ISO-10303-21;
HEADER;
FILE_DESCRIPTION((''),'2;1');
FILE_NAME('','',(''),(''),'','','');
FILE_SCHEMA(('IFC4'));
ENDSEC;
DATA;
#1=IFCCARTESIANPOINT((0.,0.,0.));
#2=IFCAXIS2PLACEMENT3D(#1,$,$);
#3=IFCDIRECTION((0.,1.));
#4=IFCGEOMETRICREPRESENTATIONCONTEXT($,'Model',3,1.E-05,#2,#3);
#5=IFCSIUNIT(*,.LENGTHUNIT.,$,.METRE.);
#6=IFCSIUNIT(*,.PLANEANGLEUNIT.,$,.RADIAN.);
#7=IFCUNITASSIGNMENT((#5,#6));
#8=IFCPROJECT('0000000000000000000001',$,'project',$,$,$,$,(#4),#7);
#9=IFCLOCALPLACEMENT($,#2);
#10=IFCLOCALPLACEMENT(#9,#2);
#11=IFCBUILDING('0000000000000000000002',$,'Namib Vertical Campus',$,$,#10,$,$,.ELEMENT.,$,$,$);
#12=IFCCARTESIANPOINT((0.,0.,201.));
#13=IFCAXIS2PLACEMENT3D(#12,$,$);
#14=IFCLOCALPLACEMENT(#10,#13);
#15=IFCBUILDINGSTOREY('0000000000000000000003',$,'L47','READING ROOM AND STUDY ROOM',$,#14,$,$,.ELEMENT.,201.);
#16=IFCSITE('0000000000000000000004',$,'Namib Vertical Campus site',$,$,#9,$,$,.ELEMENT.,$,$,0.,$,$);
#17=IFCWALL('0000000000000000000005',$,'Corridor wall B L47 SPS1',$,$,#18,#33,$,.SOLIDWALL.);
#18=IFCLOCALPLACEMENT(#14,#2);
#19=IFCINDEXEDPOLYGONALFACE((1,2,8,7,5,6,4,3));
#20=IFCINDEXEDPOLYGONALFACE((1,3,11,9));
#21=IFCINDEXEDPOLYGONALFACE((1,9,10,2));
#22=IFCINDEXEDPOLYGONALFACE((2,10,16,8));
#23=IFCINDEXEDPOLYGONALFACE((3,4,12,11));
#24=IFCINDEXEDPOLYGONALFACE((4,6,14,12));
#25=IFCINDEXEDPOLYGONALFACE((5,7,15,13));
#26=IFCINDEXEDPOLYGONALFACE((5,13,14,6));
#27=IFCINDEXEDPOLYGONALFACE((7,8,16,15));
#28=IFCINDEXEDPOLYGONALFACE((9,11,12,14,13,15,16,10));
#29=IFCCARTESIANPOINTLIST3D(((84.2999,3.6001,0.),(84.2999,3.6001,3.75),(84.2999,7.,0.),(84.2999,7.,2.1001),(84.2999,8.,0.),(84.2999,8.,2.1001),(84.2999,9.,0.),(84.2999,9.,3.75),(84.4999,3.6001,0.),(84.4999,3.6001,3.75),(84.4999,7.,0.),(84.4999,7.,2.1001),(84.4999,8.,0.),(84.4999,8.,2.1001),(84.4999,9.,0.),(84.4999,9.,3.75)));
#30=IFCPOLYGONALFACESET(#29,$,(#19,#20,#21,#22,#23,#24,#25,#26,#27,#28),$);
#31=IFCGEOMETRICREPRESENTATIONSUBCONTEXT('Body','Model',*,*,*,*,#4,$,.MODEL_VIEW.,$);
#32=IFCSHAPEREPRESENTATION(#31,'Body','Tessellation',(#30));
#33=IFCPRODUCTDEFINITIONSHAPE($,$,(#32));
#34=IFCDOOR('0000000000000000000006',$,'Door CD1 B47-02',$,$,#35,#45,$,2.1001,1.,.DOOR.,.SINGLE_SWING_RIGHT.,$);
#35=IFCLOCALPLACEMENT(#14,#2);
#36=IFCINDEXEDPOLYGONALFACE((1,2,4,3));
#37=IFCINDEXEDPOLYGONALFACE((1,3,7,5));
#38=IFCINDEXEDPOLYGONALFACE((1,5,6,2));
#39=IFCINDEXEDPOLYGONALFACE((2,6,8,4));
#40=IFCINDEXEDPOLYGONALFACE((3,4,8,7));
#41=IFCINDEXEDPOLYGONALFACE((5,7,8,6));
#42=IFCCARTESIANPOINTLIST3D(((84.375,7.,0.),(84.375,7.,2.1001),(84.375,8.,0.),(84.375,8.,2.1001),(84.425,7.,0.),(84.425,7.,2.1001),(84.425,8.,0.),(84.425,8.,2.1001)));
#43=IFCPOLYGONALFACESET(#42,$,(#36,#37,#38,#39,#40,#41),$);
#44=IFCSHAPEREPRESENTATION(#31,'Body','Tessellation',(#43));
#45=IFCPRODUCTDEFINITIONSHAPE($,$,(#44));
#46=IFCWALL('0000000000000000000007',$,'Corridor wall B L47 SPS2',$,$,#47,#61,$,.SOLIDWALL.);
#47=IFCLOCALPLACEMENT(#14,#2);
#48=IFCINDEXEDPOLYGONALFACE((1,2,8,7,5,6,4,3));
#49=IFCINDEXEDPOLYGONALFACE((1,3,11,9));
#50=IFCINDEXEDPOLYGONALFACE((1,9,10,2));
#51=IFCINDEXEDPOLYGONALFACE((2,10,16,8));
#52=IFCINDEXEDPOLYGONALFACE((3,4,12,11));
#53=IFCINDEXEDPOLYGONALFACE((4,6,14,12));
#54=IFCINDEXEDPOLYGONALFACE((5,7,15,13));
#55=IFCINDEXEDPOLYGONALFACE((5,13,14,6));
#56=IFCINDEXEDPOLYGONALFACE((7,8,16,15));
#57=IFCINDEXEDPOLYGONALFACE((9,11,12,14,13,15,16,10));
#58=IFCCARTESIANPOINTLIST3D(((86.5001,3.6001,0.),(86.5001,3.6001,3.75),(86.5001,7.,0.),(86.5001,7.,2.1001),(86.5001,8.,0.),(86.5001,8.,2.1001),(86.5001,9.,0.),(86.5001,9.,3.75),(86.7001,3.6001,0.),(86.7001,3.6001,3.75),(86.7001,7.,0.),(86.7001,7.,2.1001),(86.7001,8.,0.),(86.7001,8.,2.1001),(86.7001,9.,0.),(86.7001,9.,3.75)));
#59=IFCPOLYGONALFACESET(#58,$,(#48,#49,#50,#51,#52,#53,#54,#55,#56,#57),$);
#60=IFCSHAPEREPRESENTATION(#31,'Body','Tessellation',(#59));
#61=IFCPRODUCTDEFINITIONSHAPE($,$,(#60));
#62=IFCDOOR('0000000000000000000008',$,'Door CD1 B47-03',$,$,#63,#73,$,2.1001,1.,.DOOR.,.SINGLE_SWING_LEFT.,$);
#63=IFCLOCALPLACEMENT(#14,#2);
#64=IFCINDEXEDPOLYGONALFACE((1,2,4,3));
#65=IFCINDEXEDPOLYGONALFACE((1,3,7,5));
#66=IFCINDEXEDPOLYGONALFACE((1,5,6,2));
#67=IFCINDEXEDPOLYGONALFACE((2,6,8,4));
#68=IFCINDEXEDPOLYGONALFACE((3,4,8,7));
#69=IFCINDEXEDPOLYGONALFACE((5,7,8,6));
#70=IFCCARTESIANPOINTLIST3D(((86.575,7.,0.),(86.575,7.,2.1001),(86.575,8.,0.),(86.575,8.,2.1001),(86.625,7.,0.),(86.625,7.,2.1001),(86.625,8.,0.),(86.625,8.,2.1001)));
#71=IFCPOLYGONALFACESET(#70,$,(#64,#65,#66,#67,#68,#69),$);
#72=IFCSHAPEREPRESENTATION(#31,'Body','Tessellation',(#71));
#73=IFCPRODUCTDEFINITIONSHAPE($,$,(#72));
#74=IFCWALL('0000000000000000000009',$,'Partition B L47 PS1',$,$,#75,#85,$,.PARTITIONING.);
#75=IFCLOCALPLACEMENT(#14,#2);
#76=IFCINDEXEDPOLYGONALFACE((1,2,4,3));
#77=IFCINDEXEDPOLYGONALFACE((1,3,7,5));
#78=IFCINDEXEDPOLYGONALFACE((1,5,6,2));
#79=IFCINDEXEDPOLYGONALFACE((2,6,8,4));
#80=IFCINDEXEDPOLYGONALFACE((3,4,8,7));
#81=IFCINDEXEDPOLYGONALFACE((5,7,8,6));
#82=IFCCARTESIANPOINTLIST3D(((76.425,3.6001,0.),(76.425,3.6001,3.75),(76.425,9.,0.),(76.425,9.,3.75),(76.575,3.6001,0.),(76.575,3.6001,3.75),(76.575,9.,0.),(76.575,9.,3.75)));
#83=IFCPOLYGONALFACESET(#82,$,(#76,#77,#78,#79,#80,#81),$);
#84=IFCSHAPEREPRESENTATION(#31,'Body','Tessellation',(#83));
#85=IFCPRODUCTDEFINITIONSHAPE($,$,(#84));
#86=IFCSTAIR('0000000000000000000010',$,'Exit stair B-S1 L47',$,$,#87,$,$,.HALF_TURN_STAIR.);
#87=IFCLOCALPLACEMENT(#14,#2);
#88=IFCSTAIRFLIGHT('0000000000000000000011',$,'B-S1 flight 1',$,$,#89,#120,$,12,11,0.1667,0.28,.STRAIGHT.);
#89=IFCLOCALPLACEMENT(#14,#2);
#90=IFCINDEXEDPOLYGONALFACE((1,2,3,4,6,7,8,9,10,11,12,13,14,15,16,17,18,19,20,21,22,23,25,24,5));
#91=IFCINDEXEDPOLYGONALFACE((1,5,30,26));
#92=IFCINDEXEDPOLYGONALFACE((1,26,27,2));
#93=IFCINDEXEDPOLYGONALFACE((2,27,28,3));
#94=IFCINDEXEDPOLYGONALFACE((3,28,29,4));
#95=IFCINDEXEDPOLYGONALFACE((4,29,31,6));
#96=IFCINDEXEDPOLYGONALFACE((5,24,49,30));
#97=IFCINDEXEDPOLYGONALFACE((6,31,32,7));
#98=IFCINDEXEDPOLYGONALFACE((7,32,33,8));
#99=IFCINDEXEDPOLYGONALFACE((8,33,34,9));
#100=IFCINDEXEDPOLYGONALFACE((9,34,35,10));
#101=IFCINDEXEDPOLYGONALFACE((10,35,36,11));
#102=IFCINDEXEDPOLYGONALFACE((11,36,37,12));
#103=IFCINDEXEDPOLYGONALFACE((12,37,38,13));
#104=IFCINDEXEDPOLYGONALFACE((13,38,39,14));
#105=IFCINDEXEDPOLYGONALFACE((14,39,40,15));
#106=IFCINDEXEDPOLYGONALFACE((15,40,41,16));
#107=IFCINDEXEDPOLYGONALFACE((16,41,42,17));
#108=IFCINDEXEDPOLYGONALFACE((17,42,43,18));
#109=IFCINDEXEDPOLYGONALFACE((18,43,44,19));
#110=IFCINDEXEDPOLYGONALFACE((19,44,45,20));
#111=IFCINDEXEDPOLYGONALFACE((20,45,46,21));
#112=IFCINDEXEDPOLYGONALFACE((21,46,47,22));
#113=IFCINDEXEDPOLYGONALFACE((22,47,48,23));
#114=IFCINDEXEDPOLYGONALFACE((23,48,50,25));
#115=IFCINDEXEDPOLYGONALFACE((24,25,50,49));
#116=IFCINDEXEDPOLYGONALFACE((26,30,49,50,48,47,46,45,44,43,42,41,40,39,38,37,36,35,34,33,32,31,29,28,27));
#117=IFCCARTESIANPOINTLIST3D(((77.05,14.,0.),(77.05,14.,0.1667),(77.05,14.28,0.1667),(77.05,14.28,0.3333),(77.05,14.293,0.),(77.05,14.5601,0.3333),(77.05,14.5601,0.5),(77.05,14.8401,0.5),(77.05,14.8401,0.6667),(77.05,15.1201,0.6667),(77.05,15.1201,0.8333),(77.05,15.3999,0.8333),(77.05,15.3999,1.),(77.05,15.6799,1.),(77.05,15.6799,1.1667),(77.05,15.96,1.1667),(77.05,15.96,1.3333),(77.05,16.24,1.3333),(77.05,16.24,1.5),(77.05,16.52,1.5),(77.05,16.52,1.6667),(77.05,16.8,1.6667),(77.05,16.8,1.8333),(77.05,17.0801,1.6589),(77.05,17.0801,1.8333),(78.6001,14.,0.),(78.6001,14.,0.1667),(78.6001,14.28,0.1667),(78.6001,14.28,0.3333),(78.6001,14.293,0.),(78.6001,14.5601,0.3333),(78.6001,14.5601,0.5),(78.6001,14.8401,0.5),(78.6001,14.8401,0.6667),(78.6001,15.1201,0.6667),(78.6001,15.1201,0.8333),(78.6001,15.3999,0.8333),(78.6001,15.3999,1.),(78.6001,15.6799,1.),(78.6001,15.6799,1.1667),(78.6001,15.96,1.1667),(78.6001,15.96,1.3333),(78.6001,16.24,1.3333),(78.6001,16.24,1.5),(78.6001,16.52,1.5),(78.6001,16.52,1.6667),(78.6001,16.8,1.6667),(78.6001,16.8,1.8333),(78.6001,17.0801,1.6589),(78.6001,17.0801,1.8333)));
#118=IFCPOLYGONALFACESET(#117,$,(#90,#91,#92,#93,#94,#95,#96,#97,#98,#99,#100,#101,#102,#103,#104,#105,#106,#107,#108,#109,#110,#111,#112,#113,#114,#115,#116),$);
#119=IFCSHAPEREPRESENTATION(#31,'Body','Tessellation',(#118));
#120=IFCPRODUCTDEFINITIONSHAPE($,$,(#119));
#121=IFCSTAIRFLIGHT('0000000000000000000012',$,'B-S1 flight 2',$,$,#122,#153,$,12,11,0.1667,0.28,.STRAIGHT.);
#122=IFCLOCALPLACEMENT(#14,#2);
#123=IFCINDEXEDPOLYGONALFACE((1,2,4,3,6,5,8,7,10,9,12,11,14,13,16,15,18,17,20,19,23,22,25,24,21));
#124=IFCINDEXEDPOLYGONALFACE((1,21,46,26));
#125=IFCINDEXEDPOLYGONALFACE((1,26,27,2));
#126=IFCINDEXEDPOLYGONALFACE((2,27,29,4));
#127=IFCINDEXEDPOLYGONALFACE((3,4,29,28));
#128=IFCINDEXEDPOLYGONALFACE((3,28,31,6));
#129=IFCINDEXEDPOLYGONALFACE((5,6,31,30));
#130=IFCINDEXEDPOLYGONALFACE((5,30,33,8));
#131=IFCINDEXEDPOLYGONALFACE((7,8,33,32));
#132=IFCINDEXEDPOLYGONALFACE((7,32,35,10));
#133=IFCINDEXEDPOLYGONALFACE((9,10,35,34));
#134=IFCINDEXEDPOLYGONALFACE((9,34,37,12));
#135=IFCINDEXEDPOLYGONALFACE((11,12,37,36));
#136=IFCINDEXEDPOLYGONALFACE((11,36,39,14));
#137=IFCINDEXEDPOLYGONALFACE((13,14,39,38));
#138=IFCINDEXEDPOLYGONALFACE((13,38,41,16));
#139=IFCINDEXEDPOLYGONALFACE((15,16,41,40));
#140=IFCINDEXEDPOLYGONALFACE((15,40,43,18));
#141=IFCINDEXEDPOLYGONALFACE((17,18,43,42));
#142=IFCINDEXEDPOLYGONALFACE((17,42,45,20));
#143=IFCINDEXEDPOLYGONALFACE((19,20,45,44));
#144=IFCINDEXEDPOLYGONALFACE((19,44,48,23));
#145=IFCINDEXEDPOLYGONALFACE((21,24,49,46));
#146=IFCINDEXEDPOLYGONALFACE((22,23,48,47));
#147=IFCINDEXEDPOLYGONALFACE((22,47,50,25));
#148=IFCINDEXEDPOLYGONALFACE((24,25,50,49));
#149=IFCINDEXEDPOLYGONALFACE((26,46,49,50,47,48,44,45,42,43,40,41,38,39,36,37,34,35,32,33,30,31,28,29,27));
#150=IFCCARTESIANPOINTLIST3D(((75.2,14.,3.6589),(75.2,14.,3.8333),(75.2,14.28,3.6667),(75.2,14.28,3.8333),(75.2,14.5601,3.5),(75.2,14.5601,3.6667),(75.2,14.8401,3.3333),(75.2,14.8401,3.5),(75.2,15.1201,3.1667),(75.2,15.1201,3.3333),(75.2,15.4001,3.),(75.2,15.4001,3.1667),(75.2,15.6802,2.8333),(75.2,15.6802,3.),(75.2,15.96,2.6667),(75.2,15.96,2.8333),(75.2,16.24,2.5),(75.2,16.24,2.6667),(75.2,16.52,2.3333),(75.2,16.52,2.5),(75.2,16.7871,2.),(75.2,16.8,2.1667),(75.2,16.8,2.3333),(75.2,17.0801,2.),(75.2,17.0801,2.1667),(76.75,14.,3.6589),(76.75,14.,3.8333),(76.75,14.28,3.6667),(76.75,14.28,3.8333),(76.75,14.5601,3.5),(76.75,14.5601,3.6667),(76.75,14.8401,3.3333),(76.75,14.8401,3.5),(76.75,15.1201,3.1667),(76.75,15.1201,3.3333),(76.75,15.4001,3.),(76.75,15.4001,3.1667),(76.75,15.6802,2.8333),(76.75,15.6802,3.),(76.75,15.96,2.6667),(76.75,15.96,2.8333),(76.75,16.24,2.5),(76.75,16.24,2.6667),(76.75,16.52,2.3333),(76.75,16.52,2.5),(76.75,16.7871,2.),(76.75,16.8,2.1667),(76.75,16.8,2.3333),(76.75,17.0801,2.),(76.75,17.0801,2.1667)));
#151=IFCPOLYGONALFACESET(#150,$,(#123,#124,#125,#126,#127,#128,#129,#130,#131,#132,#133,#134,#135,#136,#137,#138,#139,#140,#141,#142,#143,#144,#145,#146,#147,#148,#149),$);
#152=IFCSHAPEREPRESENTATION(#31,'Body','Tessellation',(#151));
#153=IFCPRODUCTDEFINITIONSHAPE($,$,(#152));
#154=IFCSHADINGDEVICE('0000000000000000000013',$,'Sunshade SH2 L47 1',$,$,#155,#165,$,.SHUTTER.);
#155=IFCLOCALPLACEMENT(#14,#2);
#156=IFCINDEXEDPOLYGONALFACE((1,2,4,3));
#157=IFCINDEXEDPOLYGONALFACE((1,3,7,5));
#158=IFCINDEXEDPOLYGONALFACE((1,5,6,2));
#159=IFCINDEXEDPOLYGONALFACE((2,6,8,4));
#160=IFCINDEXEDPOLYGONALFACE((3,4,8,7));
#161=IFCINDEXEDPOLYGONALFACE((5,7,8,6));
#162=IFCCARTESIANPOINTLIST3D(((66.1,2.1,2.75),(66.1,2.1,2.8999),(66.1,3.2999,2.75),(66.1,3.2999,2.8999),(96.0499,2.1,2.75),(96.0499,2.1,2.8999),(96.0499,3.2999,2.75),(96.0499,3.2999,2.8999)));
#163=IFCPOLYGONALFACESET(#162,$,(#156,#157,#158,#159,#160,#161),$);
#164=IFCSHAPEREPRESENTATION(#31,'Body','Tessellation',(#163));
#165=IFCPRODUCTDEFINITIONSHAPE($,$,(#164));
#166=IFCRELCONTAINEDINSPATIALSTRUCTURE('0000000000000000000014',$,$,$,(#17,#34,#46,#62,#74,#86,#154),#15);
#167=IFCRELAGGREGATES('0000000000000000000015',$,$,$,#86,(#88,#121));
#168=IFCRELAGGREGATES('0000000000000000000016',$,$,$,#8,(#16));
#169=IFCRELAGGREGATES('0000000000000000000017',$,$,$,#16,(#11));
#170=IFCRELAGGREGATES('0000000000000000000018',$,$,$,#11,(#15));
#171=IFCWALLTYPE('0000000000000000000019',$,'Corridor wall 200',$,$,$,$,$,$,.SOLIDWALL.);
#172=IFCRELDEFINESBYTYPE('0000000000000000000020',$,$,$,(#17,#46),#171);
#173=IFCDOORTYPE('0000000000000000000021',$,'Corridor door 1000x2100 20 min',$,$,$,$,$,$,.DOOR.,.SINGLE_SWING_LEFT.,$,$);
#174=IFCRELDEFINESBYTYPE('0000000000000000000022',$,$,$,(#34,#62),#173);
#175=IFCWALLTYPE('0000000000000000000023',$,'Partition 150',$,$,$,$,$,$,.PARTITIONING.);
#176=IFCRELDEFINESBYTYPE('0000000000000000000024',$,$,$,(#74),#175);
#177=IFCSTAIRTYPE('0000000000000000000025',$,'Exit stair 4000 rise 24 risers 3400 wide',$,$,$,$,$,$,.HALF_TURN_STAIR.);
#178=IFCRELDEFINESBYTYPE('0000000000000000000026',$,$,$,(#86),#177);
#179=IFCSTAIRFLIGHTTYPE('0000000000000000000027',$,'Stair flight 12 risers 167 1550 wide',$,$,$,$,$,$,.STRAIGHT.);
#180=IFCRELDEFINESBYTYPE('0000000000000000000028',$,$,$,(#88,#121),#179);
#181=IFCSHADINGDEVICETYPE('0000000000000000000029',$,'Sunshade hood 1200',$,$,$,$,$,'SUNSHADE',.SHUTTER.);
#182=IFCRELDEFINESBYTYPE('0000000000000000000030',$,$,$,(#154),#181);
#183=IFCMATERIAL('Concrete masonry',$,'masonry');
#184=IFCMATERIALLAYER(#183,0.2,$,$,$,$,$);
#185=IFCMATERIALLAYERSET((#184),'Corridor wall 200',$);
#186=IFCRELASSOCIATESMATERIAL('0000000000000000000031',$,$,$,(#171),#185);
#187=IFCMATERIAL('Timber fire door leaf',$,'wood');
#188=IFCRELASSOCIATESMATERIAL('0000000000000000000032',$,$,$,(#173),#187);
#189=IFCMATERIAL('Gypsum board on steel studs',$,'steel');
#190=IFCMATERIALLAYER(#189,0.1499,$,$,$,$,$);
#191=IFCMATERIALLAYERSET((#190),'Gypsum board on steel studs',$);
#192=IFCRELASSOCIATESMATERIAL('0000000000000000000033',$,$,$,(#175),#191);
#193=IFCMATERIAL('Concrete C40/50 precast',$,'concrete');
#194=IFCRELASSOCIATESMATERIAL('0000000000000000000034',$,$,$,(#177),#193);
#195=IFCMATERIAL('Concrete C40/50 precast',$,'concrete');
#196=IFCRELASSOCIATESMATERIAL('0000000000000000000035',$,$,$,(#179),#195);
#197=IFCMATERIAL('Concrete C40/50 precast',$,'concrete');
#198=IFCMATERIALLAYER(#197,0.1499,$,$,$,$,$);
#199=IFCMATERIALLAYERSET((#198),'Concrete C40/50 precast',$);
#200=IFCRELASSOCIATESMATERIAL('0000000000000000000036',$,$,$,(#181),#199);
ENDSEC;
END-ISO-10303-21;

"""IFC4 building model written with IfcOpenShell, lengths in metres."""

from ifc_helpers import new_model, si_unit, direction, frame, frame_2d, origin, origin_2d, place, context, subcontext, project, spatial, polyline, rectangle, outline, extrude, material, layer, layer_set, type_object, element, fill, aggregate, save


model = new_model("IFC4")

# Units and contexts
model_context = context("Model", 3, precision=1e-05, world=origin(), true_north=direction((0.0, 1.0)))
body_context = subcontext(model_context, "Body", "Model", "MODEL_VIEW")
ifc_project = project(units=[si_unit("LENGTHUNIT", "METRE"), si_unit("PLANEANGLEUNIT", "RADIAN")], contexts=[model_context])

# Site, building, storey
site_placement = place(None, origin())
site = spatial("IfcSite", under=ifc_project, at=site_placement, Name="Namib Vertical Campus site", CompositionType="ELEMENT", RefElevation=0.0)
building_placement = place(site_placement, origin())
building = spatial("IfcBuilding", under=site, at=building_placement, Name="Namib Vertical Campus", CompositionType="ELEMENT")
storey_placement = place(building_placement, frame((0.0, 0.0, 201.0)))
storey = spatial("IfcBuildingStorey", under=building, at=storey_placement, Name="L47", Description="READING ROOM AND STUDY ROOM", CompositionType="ELEMENT", Elevation=201.0)

# Walls, openings, doors
ifc_material_1 = material(Name="Concrete masonry", Category="masonry")
ifc_layer_1 = layer(ifc_material_1, 0.2)
ifc_layer_set_1 = layer_set([ifc_layer_1], Name="Corridor wall 200")
wall_type_1 = type_object("IfcWallType", Name="Corridor wall 200", PredefinedType="SOLIDWALL", material=ifc_layer_set_1)
wall_1_placement = place(storey_placement, frame((84.3999, 3.6001, 0.0), z_axis=(0.0, 0.0, 1.0), x_axis=(0.0, 1.0, 0.0)))
wall_1 = element("IfcWall", 1, at=wall_1_placement, inside=storey, type_object=wall_type_1, Name="Corridor wall B L47 SPS1", PredefinedType="SOLIDWALL", context=body_context, shape_type="SweptSolid", body=[
    extrude(rectangle(XDim=5.3999, YDim=0.2, at=frame_2d((2.7, 0.0))), origin(), (0.0, 0.0, 1.0), 3.75),
])
opening_1_placement = place(wall_1_placement, frame((3.3999, 0.0, 0.0)))
opening_1 = element("IfcOpeningElement", 2, at=opening_1_placement, cuts=wall_1, PredefinedType="OPENING", context=body_context, shape_type="SweptSolid", body=[
    extrude(rectangle(XDim=1.0, YDim=2.1001, at=frame_2d((0.5, 1.05))), frame((0.0, 0.1099, 0.0), z_axis=(0.0, -1.0, 0.0), x_axis=(1.0, 0.0, 0.0)), (0.0, 0.0, 1.0), 0.22),
])
ifc_material_2 = material(Name="Timber fire door leaf", Category="wood")
door_type_1 = type_object("IfcDoorType", Name="Corridor door 1000x2100 20 min", OperationType="SINGLE_SWING_LEFT", PredefinedType="DOOR", material=ifc_material_2)
door_1_placement = place(opening_1_placement, origin())
door_1 = element("IfcDoor", 3, at=door_1_placement, inside=storey, type_object=door_type_1, Name="Door CD1 B47-02", OperationType="SINGLE_SWING_RIGHT", OverallHeight=2.1001, OverallWidth=1.0, PredefinedType="DOOR", context=body_context, shape_type="SweptSolid", body=[
    extrude(rectangle(XDim=1.0, YDim=2.1001, at=frame_2d((0.5, 1.05))), frame((0.0, 0.0249, 0.0), z_axis=(0.0, -1.0, 0.0), x_axis=(1.0, 0.0, 0.0)), (0.0, 0.0, 1.0), 0.05),
])
fill(opening_1, door_1)
wall_2_placement = place(storey_placement, frame((86.6001, 9.0, 0.0), z_axis=(0.0, 0.0, 1.0), x_axis=(0.0, -1.0, 0.0)))
wall_2 = element("IfcWall", 4, at=wall_2_placement, inside=storey, type_object=wall_type_1, Name="Corridor wall B L47 SPS2", PredefinedType="SOLIDWALL", context=body_context, shape_type="SweptSolid", body=[
    extrude(rectangle(XDim=5.3999, YDim=0.2, at=frame_2d((2.7, 0.0))), origin(), (0.0, 0.0, 1.0), 3.75),
])
opening_2_placement = place(wall_2_placement, frame((1.0, 0.0, 0.0)))
opening_2 = element("IfcOpeningElement", 5, at=opening_2_placement, cuts=wall_2, PredefinedType="OPENING", context=body_context, shape_type="SweptSolid", body=[
    extrude(rectangle(XDim=1.0, YDim=2.1001, at=frame_2d((0.5, 1.05))), frame((0.0, 0.1099, 0.0), z_axis=(0.0, -1.0, 0.0), x_axis=(1.0, 0.0, 0.0)), (0.0, 0.0, 1.0), 0.22),
])
door_2_placement = place(opening_2_placement, origin())
door_2 = element("IfcDoor", 6, at=door_2_placement, inside=storey, type_object=door_type_1, Name="Door CD1 B47-03", OperationType="SINGLE_SWING_LEFT", OverallHeight=2.1001, OverallWidth=1.0, PredefinedType="DOOR", context=body_context, shape_type="SweptSolid", body=[
    extrude(rectangle(XDim=1.0, YDim=2.1001, at=frame_2d((0.5, 1.05))), frame((0.0, 0.0249, 0.0), z_axis=(0.0, -1.0, 0.0), x_axis=(1.0, 0.0, 0.0)), (0.0, 0.0, 1.0), 0.05),
])
fill(opening_2, door_2)

# Wall
ifc_material_3 = material(Name="Gypsum board on steel studs", Category="steel")
ifc_layer_2 = layer(ifc_material_3, 0.1499)
ifc_layer_set_2 = layer_set([ifc_layer_2], Name="Gypsum board on steel studs")
wall_type_2 = type_object("IfcWallType", Name="Partition 150", PredefinedType="PARTITIONING", material=ifc_layer_set_2)
wall_3_placement = place(storey_placement, frame((76.5, 3.6001, 0.0), z_axis=(0.0, 0.0, 1.0), x_axis=(0.0, 1.0, 0.0)))
element("IfcWall", 7, at=wall_3_placement, inside=storey, type_object=wall_type_2, Name="Partition B L47 PS1", PredefinedType="PARTITIONING", context=body_context, shape_type="SweptSolid", body=[
    extrude(rectangle(XDim=5.3999, YDim=0.1499, at=frame_2d((2.7, 0.0))), origin(), (0.0, 0.0, 1.0), 3.75),
])

# Stair, stair flights
ifc_material_4 = material(Name="Concrete C40/50 precast", Category="concrete")
stair_type = type_object("IfcStairType", Name="Exit stair 4000 rise 24 risers 3400 wide", PredefinedType="HALF_TURN_STAIR", material=ifc_material_4)
stair_placement = place(storey_placement, origin())
stair = element("IfcStair", 8, at=stair_placement, inside=storey, type_object=stair_type, Name="Exit stair B-S1 L47", PredefinedType="HALF_TURN_STAIR")
ifc_material_5 = material(Name="Concrete C40/50 precast", Category="concrete")
stair_flight_type = type_object("IfcStairFlightType", Name="Stair flight 12 risers 167 1550 wide", PredefinedType="STRAIGHT", material=ifc_material_5)
stair_flight_1_placement = place(storey_placement, frame((77.825, 14.0, 0.0), z_axis=(0.0, 0.0, 1.0), x_axis=(0.0, 1.0, 0.0)))
stair_flight_1 = element("IfcStairFlight", 9, at=stair_flight_1_placement, type_object=stair_flight_type, Name="B-S1 flight 1", NumberOfRisers=12, NumberOfTreads=11, PredefinedType="STRAIGHT", RiserHeight=0.1667, TreadLength=0.28, context=body_context, shape_type="SweptSolid", body=[
    extrude(outline(polyline([(0.0, 0.0), (0.0, 0.1667), (0.28, 0.1667), (0.28, 0.3333), (0.5601, 0.3333), (0.5601, 0.5), (0.8401, 0.5), (0.8401, 0.6667), (1.1201, 0.6667), (1.1201, 0.8333), (1.3999, 0.8333), (1.3999, 1.0), (1.6799, 1.0), (1.6799, 1.1667), (1.96, 1.1667), (1.96, 1.3333), (2.24, 1.3333), (2.24, 1.5), (2.52, 1.5), (2.52, 1.6667), (2.8, 1.6667), (2.8, 1.8333), (3.0801, 1.8333), (3.0801, 2.0), (3.0801, 1.6589), (0.293, 0.0), (0.0, 0.0)])), frame((0.0, 0.7749, 0.0), z_axis=(0.0, -1.0, 0.0), x_axis=(1.0, 0.0, 0.0)), (0.0, 0.0, 1.0), 1.55),
])
stair_flight_2_placement = place(storey_placement, frame((75.9751, 17.0801, 2.0), z_axis=(0.0, 0.0, 1.0), x_axis=(0.0, -1.0, 0.0)))
stair_flight_2 = element("IfcStairFlight", 10, at=stair_flight_2_placement, type_object=stair_flight_type, Name="B-S1 flight 2", NumberOfRisers=12, NumberOfTreads=11, PredefinedType="STRAIGHT", RiserHeight=0.1667, TreadLength=0.28, context=body_context, shape_type="SweptSolid", body=[
    extrude(outline(polyline([(0.0, 0.0), (0.0, 0.1667), (0.28, 0.1667), (0.28, 0.3333), (0.5601, 0.3333), (0.5601, 0.5), (0.8401, 0.5), (0.8401, 0.6667), (1.1201, 0.6667), (1.1201, 0.8333), (1.3999, 0.8333), (1.3999, 1.0), (1.6799, 1.0), (1.6799, 1.1667), (1.96, 1.1667), (1.96, 1.3333), (2.24, 1.3333), (2.24, 1.5), (2.52, 1.5), (2.52, 1.6667), (2.8, 1.6667), (2.8, 1.8333), (3.0801, 1.8333), (3.0801, 2.0), (3.0801, 1.6589), (0.293, 0.0), (0.0, 0.0)])), frame((0.0, 0.7749, 0.0), z_axis=(0.0, -1.0, 0.0), x_axis=(1.0, 0.0, 0.0)), (0.0, 0.0, 1.0), 1.55),
])
aggregate(stair, [stair_flight_1, stair_flight_2])

# Shading device
ifc_material_6 = material(Name="Concrete C40/50 precast", Category="concrete")
ifc_layer_3 = layer(ifc_material_6, 0.1499)
ifc_layer_set_3 = layer_set([ifc_layer_3], Name="Concrete C40/50 precast")
shading_device_type = type_object("IfcShadingDeviceType", Name="Sunshade hood 1200", ElementType="SUNSHADE", PredefinedType="SHUTTER", material=ifc_layer_set_3)
shading_device_placement = place(storey_placement, frame((81.075, 2.7, 2.75), z_axis=(0.0, 0.0, 1.0), x_axis=(1.0, 0.0, 0.0)))
element("IfcShadingDevice", 11, at=shading_device_placement, inside=storey, type_object=shading_device_type, Name="Sunshade SH2 L47 1", PredefinedType="SHUTTER", context=body_context, shape_type="SweptSolid", body=[
    extrude(rectangle(XDim=29.95, YDim=1.2, at=origin_2d()), origin(), (0.0, 0.0, 1.0), 0.1499),
])

save(model, "model.ifc")
